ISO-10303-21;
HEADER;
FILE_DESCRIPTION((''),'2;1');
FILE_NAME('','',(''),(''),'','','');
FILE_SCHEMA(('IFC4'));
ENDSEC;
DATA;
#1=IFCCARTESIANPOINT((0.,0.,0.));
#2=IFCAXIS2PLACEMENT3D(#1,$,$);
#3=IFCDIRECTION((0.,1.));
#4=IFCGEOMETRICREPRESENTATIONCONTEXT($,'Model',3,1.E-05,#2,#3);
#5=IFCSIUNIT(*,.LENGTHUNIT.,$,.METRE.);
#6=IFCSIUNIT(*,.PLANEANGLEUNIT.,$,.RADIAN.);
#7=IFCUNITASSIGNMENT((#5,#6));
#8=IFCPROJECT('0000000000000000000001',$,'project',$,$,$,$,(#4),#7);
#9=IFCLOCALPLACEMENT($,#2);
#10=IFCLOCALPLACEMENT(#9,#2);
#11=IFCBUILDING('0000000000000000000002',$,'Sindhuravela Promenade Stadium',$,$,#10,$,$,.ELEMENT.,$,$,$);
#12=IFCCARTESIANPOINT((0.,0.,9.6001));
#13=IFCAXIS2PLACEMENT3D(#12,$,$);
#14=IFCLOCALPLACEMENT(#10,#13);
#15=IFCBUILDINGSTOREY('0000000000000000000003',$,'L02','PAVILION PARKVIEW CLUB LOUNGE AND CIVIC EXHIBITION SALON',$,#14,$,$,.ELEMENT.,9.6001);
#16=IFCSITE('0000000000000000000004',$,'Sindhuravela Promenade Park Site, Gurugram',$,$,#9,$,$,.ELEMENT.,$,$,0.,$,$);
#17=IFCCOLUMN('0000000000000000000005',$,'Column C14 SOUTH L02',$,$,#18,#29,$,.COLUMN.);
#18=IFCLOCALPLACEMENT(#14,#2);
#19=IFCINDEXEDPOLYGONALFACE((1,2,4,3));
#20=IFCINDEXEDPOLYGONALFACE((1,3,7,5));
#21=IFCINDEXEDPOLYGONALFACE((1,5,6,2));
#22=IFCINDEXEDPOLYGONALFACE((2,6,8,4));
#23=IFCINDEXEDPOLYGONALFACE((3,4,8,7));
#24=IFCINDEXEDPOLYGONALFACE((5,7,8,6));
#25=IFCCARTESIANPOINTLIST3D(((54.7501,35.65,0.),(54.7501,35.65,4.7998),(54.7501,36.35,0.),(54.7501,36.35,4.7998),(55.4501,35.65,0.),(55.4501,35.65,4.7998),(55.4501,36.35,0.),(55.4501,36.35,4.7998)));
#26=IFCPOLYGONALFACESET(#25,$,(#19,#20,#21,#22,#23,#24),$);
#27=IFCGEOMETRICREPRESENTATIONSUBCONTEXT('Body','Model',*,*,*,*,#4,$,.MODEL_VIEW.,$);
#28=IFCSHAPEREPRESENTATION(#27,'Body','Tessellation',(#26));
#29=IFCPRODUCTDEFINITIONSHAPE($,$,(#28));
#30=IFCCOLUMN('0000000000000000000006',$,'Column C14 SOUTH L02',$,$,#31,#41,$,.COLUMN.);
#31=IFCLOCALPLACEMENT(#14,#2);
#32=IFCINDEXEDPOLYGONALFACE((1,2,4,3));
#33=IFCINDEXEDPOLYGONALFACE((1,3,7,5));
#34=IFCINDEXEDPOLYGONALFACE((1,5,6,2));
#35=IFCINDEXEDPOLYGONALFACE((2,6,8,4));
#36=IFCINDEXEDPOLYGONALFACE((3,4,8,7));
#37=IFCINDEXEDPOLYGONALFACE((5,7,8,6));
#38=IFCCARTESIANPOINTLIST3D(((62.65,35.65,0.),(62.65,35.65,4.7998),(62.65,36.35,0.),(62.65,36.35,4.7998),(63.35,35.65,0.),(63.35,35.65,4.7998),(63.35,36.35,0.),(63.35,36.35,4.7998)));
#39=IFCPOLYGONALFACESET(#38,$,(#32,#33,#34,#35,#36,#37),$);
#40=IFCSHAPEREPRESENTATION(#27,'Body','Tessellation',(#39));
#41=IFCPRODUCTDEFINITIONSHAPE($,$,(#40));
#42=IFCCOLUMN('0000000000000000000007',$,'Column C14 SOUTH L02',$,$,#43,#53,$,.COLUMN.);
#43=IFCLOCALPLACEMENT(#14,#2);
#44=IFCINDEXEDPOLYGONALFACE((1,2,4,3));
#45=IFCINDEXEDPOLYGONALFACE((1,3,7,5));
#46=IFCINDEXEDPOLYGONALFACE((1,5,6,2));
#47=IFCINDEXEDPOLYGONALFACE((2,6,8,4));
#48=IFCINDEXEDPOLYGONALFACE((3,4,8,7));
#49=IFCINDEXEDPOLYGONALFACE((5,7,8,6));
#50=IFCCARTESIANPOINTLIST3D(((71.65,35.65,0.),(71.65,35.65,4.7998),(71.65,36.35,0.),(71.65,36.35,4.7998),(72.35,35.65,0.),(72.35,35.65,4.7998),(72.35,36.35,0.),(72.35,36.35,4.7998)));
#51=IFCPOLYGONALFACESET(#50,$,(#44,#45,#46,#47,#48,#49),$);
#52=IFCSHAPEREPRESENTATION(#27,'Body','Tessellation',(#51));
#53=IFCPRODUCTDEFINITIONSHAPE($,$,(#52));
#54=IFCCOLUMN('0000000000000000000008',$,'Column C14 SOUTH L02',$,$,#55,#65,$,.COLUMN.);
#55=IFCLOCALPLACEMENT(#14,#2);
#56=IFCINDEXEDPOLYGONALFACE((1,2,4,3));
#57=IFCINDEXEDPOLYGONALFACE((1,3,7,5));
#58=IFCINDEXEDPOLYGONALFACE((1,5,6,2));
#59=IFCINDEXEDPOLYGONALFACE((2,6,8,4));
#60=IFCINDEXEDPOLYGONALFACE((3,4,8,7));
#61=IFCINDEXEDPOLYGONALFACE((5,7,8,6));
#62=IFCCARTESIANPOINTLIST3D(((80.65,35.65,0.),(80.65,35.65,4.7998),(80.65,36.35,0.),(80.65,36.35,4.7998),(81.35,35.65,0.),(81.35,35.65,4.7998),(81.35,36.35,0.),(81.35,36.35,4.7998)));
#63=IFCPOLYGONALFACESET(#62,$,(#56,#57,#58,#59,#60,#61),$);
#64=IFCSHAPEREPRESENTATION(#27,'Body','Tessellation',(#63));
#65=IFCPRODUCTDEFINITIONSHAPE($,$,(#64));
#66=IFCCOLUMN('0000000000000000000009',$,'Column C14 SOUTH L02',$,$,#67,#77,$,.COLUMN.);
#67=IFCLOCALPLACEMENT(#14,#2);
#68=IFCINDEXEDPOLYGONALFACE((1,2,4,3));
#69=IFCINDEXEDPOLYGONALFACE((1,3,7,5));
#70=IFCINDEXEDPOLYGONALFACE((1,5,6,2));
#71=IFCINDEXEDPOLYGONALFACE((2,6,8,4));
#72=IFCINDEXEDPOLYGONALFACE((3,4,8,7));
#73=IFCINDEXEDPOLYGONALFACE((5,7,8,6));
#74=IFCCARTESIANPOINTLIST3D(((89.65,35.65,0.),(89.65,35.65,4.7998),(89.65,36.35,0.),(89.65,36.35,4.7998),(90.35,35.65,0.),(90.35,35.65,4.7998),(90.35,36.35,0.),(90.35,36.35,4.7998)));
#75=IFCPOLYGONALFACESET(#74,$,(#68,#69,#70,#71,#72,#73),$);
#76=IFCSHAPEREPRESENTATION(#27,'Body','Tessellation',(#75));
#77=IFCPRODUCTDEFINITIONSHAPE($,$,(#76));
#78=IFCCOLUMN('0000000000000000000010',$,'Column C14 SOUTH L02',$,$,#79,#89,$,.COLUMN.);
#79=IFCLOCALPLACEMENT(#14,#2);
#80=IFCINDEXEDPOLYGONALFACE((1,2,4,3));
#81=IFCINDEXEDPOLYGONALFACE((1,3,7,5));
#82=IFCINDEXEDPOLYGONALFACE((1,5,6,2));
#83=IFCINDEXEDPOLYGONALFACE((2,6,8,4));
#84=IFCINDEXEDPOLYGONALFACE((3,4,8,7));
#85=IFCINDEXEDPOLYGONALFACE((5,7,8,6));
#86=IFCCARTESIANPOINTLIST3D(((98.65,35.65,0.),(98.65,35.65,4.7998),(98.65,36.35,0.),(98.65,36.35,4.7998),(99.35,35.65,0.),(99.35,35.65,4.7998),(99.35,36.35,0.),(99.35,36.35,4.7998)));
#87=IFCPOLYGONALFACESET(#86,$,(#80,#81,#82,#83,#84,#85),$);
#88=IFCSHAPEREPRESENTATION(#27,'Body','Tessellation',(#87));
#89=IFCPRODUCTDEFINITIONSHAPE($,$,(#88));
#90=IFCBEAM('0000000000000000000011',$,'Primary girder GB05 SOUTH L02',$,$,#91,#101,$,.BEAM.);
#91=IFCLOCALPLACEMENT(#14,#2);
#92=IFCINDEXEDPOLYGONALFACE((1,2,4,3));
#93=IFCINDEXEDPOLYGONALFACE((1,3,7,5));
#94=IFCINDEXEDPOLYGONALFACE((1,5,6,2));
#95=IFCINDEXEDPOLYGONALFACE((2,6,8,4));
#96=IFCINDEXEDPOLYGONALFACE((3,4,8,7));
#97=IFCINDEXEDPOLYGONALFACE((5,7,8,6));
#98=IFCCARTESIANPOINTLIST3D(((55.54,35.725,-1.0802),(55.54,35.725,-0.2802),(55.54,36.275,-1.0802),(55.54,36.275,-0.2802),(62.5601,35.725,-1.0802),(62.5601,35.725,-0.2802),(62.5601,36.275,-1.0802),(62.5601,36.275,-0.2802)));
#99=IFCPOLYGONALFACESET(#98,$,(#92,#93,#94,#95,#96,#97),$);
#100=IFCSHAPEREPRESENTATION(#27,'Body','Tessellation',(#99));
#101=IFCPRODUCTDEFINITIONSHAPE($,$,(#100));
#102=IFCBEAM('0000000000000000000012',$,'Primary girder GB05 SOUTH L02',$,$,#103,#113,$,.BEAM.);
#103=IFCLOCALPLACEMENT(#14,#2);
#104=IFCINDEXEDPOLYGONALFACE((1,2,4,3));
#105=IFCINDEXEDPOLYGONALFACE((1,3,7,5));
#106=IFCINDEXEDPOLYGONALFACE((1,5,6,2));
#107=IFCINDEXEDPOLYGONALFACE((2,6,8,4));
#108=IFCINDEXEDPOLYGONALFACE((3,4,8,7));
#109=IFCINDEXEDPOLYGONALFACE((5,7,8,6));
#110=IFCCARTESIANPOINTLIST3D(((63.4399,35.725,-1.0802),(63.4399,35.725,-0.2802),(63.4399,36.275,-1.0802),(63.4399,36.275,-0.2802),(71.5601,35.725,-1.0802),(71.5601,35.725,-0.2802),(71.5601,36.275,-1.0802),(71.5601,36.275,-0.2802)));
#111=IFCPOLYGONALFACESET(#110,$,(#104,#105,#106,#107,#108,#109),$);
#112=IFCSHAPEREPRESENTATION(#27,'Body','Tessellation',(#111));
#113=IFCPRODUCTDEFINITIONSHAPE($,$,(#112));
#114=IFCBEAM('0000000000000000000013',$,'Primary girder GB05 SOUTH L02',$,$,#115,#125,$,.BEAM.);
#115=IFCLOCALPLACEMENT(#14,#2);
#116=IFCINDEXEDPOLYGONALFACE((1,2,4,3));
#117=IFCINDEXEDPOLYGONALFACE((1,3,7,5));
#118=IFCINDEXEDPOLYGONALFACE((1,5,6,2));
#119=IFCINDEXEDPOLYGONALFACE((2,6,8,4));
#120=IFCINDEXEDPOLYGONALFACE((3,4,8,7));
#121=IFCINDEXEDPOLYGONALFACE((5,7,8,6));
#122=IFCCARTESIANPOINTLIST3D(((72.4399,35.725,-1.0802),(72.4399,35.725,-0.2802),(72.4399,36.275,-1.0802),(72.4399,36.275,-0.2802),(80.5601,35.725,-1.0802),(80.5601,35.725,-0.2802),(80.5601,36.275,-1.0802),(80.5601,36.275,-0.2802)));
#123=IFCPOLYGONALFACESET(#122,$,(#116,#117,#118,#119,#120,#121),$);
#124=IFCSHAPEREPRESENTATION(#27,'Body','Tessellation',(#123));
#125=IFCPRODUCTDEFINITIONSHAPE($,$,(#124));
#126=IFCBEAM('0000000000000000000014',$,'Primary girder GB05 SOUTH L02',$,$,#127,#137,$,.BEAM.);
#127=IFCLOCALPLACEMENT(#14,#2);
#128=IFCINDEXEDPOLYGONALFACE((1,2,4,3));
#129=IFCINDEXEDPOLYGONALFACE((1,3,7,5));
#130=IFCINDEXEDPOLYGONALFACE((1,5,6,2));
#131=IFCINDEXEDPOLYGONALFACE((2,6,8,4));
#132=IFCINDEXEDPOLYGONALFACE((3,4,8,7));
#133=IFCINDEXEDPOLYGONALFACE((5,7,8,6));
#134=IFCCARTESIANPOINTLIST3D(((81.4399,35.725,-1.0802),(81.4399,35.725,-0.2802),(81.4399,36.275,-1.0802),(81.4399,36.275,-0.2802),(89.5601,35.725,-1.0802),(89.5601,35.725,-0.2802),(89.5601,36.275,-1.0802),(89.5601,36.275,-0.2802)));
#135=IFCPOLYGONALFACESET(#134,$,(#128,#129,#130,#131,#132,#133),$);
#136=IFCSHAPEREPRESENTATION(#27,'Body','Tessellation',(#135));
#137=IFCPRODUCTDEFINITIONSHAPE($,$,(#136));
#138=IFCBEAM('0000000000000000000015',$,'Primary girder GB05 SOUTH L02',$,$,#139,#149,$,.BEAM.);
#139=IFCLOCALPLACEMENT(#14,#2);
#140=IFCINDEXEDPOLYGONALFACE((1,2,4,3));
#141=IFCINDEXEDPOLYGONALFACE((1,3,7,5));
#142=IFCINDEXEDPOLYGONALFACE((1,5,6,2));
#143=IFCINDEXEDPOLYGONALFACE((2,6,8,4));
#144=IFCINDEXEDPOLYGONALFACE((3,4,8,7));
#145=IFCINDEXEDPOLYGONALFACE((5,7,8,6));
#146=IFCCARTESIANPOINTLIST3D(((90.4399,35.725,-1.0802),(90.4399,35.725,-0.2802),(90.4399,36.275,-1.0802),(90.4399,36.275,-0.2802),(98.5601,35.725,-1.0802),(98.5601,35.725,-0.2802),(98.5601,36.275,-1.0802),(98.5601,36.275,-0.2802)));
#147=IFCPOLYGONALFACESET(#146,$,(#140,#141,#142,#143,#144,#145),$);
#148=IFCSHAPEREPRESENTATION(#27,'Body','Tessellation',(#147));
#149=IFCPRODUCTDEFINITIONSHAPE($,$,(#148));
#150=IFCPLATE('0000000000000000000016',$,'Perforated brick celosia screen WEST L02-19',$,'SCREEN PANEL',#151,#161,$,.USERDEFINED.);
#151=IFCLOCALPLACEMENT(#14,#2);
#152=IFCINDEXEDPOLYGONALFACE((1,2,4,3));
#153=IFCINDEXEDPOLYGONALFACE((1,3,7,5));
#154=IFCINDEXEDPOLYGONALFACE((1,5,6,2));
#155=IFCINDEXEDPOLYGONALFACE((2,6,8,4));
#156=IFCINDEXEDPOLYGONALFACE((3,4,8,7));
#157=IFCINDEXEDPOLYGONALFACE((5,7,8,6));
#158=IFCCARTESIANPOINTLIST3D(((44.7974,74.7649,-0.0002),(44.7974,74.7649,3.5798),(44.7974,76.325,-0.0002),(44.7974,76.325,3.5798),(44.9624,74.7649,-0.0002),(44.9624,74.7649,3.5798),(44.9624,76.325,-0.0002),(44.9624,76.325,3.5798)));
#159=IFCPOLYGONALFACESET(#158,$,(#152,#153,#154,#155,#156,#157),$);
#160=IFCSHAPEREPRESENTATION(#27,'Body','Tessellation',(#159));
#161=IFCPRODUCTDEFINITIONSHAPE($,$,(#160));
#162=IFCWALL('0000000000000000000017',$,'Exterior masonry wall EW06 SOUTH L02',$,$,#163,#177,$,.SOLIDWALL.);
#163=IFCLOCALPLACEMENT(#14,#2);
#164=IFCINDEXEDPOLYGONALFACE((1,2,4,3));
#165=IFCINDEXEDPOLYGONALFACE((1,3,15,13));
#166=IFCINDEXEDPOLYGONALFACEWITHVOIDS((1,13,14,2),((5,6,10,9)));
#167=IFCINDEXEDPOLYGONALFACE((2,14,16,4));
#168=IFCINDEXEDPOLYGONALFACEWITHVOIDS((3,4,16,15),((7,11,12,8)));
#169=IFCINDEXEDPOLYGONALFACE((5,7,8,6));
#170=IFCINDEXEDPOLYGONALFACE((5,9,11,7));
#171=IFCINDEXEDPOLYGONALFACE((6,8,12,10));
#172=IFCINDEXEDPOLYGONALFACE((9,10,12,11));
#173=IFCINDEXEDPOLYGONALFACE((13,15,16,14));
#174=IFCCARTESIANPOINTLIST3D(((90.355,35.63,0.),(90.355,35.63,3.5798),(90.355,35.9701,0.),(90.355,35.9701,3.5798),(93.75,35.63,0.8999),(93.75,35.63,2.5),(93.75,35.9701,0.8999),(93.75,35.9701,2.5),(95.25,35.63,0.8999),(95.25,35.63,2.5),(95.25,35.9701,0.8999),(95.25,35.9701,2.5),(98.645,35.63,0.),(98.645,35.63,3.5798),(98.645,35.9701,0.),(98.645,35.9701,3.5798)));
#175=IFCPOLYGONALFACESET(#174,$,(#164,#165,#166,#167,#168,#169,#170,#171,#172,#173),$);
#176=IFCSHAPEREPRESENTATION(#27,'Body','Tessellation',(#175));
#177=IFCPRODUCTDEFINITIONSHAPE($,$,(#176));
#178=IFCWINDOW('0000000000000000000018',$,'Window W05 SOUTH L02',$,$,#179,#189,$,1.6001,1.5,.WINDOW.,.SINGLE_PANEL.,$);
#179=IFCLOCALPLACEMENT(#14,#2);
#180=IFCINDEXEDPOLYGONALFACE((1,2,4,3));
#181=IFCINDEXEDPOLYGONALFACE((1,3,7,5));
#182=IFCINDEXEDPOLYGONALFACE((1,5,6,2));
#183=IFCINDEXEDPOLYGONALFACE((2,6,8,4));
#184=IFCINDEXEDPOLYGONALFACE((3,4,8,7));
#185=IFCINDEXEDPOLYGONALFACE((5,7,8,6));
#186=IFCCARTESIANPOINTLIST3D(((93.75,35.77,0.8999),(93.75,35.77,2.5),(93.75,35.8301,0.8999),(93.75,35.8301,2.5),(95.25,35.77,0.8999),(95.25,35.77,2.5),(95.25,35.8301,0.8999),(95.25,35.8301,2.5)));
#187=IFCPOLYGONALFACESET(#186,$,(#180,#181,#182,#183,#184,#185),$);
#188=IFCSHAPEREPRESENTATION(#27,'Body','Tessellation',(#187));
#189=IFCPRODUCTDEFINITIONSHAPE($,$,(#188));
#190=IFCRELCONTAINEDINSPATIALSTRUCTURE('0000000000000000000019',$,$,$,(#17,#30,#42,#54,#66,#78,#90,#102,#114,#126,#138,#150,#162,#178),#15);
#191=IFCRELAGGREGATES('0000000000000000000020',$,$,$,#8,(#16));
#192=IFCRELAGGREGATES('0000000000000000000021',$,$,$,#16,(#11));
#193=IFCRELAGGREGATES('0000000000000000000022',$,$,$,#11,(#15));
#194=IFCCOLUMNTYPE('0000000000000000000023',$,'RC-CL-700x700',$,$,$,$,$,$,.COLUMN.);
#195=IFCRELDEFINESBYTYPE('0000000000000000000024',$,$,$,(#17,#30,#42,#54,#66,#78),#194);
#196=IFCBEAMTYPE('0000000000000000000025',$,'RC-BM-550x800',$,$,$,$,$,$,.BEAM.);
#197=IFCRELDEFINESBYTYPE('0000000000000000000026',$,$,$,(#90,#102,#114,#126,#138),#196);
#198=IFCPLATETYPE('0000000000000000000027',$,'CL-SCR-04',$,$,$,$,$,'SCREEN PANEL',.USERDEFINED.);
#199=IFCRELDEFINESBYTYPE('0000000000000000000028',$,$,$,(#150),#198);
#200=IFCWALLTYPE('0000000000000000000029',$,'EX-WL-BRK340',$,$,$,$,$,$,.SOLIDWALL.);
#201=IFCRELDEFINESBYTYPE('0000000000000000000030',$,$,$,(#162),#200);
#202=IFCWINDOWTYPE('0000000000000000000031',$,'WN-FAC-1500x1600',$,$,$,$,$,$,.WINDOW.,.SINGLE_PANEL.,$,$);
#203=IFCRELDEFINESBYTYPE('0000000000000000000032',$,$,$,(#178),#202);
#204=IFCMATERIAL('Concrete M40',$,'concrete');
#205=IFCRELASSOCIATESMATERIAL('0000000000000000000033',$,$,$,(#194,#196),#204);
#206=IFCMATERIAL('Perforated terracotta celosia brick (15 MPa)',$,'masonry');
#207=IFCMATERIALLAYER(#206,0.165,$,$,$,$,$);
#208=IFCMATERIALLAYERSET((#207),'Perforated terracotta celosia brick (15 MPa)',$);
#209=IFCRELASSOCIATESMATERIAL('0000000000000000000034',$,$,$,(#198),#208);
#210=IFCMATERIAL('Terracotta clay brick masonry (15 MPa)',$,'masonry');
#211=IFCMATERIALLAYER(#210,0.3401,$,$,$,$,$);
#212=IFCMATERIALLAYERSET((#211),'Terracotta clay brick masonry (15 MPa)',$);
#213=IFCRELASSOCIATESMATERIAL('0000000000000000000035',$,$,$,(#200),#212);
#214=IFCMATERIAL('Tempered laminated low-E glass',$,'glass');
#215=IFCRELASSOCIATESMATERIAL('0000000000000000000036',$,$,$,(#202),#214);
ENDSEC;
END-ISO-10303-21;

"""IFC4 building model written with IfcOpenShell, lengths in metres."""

from ifc_helpers import new_model, si_unit, direction, frame, frame_2d, origin, origin_2d, place, context, subcontext, project, spatial, rectangle, extrude, material, layer, layer_set, material_profile, profile_set, type_object, element, fill, save


model = new_model("IFC4")

# Units and contexts
model_context = context("Model", 3, precision=1e-05, world=origin(), true_north=direction((0.0, 1.0)))
body_context = subcontext(model_context, "Body", "Model", "MODEL_VIEW")
ifc_project = project(units=[si_unit("LENGTHUNIT", "METRE"), si_unit("PLANEANGLEUNIT", "RADIAN")], contexts=[model_context])

# Site, building, storey
site_placement = place(None, origin())
site = spatial("IfcSite", under=ifc_project, at=site_placement, Name="Sindhuravela Promenade Park Site, Gurugram", CompositionType="ELEMENT", RefElevation=0.0)
building_placement = place(site_placement, origin())
building = spatial("IfcBuilding", under=site, at=building_placement, Name="Sindhuravela Promenade Stadium", CompositionType="ELEMENT")
storey_placement = place(building_placement, frame((0.0, 0.0, 9.6001)))
storey = spatial("IfcBuildingStorey", under=building, at=storey_placement, Name="L02", Description="PAVILION PARKVIEW CLUB LOUNGE AND CIVIC EXHIBITION SALON", CompositionType="ELEMENT", Elevation=9.6001)

# Columns
ifc_material_1 = material(Name="Concrete M40", Category="concrete")
ifc_material_profile_1 = material_profile(ifc_material_1, rectangle(XDim=0.7, YDim=0.7, at=origin_2d()), Name="RC 700x700")
ifc_profile_set_1 = profile_set([ifc_material_profile_1], Name="Concrete M40")
column_type = type_object("IfcColumnType", Name="RC-CL-700x700", PredefinedType="COLUMN", material=ifc_profile_set_1)
for number, where, z_axis, x_axis, name in (
    (1, (55.1001, 36.0, 0.0), (0.0, 0.0, 1.0), (1.0, 0.0, 0.0), "Column C14 SOUTH L02"),
    (2, (63.0, 36.0, 0.0), (0.0, 0.0, 1.0), (1.0, 0.0, 0.0), "Column C14 SOUTH L02"),
    (3, (72.0, 36.0, 0.0), (0.0, 0.0, 1.0), (1.0, 0.0, 0.0), "Column C14 SOUTH L02"),
    (4, (81.0, 36.0, 0.0), (0.0, 0.0, 1.0), (1.0, 0.0, 0.0), "Column C14 SOUTH L02"),
    (5, (90.0, 36.0, 0.0), (0.0, 0.0, 1.0), (1.0, 0.0, 0.0), "Column C14 SOUTH L02"),
    (6, (99.0, 36.0, 0.0), (0.0, 0.0, 1.0), (1.0, 0.0, 0.0), "Column C14 SOUTH L02"),
):
    element("IfcColumn", number, at=place(storey_placement, frame(where, z_axis=z_axis, x_axis=x_axis)), inside=storey, type_object=column_type, Name=name, PredefinedType="COLUMN", context=body_context, shape_type="SweptSolid", body=[
        extrude(rectangle(XDim=0.7, YDim=0.7, at=origin_2d()), origin(), (0.0, 0.0, 1.0), 4.7998),
    ])

# Beams
ifc_material_profile_2 = material_profile(ifc_material_1, rectangle(XDim=0.55, YDim=0.8, at=origin_2d()), Name="RC 550x800")
ifc_profile_set_2 = profile_set([ifc_material_profile_2], Name="Concrete M40")
beam_type = type_object("IfcBeamType", Name="RC-BM-550x800", PredefinedType="BEAM", material=ifc_profile_set_2)
beam_placement = place(storey_placement, frame((55.54, 36.0, -0.6802), z_axis=(1.0, 0.0, 0.0), x_axis=(0.0, 1.0, 0.0)))
element("IfcBeam", 7, at=beam_placement, inside=storey, type_object=beam_type, Name="Primary girder GB05 SOUTH L02", PredefinedType="BEAM", context=body_context, shape_type="SweptSolid", body=[
    extrude(rectangle(XDim=0.55, YDim=0.8, at=origin_2d()), origin(), (0.0, 0.0, 1.0), 7.02),
])
for number, where, z_axis, x_axis, name in (
    (8, (63.4399, 36.0, -0.6802), (1.0, 0.0, 0.0), (0.0, 1.0, 0.0), "Primary girder GB05 SOUTH L02"),
    (9, (72.4399, 36.0, -0.6802), (1.0, 0.0, 0.0), (0.0, 1.0, 0.0), "Primary girder GB05 SOUTH L02"),
    (10, (81.4399, 36.0, -0.6802), (1.0, 0.0, 0.0), (0.0, 1.0, 0.0), "Primary girder GB05 SOUTH L02"),
    (11, (90.4399, 36.0, -0.6802), (1.0, 0.0, 0.0), (0.0, 1.0, 0.0), "Primary girder GB05 SOUTH L02"),
):
    element("IfcBeam", number, at=place(storey_placement, frame(where, z_axis=z_axis, x_axis=x_axis)), inside=storey, type_object=beam_type, Name=name, PredefinedType="BEAM", context=body_context, shape_type="SweptSolid", body=[
        extrude(rectangle(XDim=0.55, YDim=0.8, at=origin_2d()), origin(), (0.0, 0.0, 1.0), 8.1201),
    ])

# Plate
ifc_material_2 = material(Name="Perforated terracotta celosia brick (15 MPa)", Category="masonry")
ifc_layer_1 = layer(ifc_material_2, 0.165)
ifc_layer_set_1 = layer_set([ifc_layer_1], Name="Perforated terracotta celosia brick (15 MPa)")
plate_type = type_object("IfcPlateType", Name="CL-SCR-04", ElementType="SCREEN PANEL", PredefinedType="USERDEFINED", material=ifc_layer_set_1)
plate_placement = place(storey_placement, frame((44.8799, 75.5449, -0.0002), z_axis=(0.0, 0.0, 1.0), x_axis=(0.0, -1.0, 0.0)))
element("IfcPlate", 12, at=plate_placement, inside=storey, type_object=plate_type, Name="Perforated brick celosia screen WEST L02-19", ObjectType="SCREEN PANEL", PredefinedType="USERDEFINED", context=body_context, shape_type="SweptSolid", body=[
    extrude(rectangle(XDim=1.5601, YDim=0.165, at=origin_2d()), origin(), (0.0, 0.0, 1.0), 3.5801),
])

# Wall, opening, window
ifc_material_3 = material(Name="Terracotta clay brick masonry (15 MPa)", Category="masonry")
ifc_layer_2 = layer(ifc_material_3, 0.3401)
ifc_layer_set_2 = layer_set([ifc_layer_2], Name="Terracotta clay brick masonry (15 MPa)")
wall_type_1 = type_object("IfcWallType", Name="EX-WL-BRK340", PredefinedType="SOLIDWALL", material=ifc_layer_set_2)
wall_1_placement = place(storey_placement, frame((90.355, 35.8, 0.0), z_axis=(0.0, 0.0, 1.0), x_axis=(1.0, 0.0, 0.0)))
wall_1 = element("IfcWall", 13, at=wall_1_placement, inside=storey, type_object=wall_type_1, Name="Exterior masonry wall EW06 SOUTH L02", PredefinedType="SOLIDWALL", context=body_context, shape_type="SweptSolid", body=[
    extrude(rectangle(XDim=8.29, YDim=0.3401, at=frame_2d((4.145, 0.0))), origin(), (0.0, 0.0, 1.0), 3.5798),
])
opening_1_placement = place(wall_1_placement, frame((3.395, 0.0, 0.8999)))
opening_1 = element("IfcOpeningElement", 14, at=opening_1_placement, cuts=wall_1, PredefinedType="OPENING", context=body_context, shape_type="SweptSolid", body=[
    extrude(rectangle(XDim=1.5, YDim=1.6001, at=frame_2d((0.75, 0.8))), frame((0.0, 0.1799, 0.0), z_axis=(0.0, -1.0, 0.0), x_axis=(1.0, 0.0, 0.0)), (0.0, 0.0, 1.0), 0.3601),
])
ifc_material_4 = material(Name="Tempered laminated low-E glass", Category="glass")
window_type_1 = type_object("IfcWindowType", Name="WN-FAC-1500x1600", PartitioningType="SINGLE_PANEL", PredefinedType="WINDOW", material=ifc_material_4)
window_1_placement = place(opening_1_placement, origin())
window_1 = element("IfcWindow", 15, at=window_1_placement, inside=storey, type_object=window_type_1, Name="Window W05 SOUTH L02", OverallHeight=1.6001, OverallWidth=1.5, PartitioningType="SINGLE_PANEL", PredefinedType="WINDOW", context=body_context, shape_type="SweptSolid", body=[
    extrude(rectangle(XDim=1.5, YDim=1.6001, at=frame_2d((0.75, 0.8))), frame((0.0, 0.03, 0.0), z_axis=(0.0, -1.0, 0.0), x_axis=(1.0, 0.0, 0.0)), (0.0, 0.0, 1.0), 0.0601),
])
fill(opening_1, window_1)

save(model, "model.ifc")
